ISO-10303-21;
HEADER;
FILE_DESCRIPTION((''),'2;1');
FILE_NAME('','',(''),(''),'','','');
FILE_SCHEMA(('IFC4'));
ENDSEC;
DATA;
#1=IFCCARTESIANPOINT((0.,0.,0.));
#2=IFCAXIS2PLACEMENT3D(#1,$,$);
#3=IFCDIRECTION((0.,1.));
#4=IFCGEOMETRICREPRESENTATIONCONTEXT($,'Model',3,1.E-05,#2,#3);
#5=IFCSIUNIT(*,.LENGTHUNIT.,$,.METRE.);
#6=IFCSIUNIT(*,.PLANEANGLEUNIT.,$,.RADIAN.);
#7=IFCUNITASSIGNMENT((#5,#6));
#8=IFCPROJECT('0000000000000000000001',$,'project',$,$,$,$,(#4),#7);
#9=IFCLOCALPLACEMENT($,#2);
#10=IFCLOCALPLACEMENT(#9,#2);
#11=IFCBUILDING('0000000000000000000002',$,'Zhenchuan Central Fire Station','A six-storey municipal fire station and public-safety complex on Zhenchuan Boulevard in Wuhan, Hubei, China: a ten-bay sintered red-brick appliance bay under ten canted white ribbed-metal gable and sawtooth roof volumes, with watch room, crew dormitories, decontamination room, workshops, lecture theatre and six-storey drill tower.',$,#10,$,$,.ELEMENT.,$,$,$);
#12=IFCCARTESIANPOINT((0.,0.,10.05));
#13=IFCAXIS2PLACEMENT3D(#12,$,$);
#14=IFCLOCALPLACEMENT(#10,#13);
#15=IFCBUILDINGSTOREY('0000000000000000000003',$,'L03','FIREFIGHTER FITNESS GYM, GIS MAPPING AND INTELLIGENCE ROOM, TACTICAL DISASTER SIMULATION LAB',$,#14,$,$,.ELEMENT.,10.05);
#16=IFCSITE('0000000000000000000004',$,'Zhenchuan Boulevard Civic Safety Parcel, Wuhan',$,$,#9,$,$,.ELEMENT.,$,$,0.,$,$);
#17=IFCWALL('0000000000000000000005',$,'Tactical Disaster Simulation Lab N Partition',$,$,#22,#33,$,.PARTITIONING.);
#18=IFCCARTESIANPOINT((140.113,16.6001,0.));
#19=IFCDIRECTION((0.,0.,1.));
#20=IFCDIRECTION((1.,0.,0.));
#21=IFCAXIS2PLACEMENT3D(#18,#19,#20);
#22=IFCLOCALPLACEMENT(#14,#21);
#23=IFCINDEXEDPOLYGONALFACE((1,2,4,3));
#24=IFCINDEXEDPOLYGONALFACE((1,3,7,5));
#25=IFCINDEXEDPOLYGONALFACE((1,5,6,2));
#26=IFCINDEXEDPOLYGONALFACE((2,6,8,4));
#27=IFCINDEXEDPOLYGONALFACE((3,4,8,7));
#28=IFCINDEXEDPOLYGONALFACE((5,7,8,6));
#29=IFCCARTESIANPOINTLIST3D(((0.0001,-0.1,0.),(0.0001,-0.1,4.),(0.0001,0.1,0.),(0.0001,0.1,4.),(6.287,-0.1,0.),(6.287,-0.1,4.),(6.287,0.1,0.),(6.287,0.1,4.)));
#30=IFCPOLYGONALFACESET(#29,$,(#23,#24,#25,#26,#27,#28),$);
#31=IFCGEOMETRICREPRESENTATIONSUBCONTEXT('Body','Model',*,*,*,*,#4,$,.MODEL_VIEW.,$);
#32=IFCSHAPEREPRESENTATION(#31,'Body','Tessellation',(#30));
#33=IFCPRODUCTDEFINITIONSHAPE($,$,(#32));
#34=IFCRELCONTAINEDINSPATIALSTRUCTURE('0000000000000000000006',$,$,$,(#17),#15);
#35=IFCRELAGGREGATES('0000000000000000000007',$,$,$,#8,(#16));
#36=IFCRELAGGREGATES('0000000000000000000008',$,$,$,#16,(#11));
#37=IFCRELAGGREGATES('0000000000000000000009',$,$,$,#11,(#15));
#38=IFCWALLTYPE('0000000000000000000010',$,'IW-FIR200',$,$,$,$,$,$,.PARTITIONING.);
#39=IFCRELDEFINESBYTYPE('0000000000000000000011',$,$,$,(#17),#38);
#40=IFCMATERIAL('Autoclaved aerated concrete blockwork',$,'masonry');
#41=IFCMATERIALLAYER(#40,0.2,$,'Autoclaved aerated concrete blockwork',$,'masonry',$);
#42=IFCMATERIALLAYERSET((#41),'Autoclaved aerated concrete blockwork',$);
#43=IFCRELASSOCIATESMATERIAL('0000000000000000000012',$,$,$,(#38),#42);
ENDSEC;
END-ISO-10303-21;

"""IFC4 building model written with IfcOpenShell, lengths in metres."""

from ifc_helpers import new_model, si_unit, direction, frame, frame_2d, origin, place, context, subcontext, project, spatial, rectangle, extrude, material, layer, layer_set, type_object, element, save


model = new_model("IFC4")

# Units and contexts
model_context = context("Model", 3, precision=1e-05, world=origin(), true_north=direction((0.0, 1.0)))
body_context = subcontext(model_context, "Body", "Model", "MODEL_VIEW")
ifc_project = project(units=[si_unit("LENGTHUNIT", "METRE"), si_unit("PLANEANGLEUNIT", "RADIAN")], contexts=[model_context])

# Site, building, storey
site_placement = place(None, origin())
site = spatial("IfcSite", under=ifc_project, at=site_placement, Name="Zhenchuan Boulevard Civic Safety Parcel, Wuhan", CompositionType="ELEMENT", RefElevation=0.0)
building_placement = place(site_placement, origin())
building = spatial("IfcBuilding", under=site, at=building_placement, Name="Zhenchuan Central Fire Station", Description="A six-storey municipal fire station and public-safety complex on Zhenchuan Boulevard in Wuhan, Hubei, China: a ten-bay sintered red-brick appliance bay under ten canted white ribbed-metal gable and sawtooth roof volumes, with watch room, crew dormitories, decontamination room, workshops, lecture theatre and six-storey drill tower.", CompositionType="ELEMENT")
storey_placement = place(building_placement, frame((0.0, 0.0, 10.05)))
storey = spatial("IfcBuildingStorey", under=building, at=storey_placement, Name="L03", Description="FIREFIGHTER FITNESS GYM, GIS MAPPING AND INTELLIGENCE ROOM, TACTICAL DISASTER SIMULATION LAB", CompositionType="ELEMENT", Elevation=10.05)

# Wall
ifc_material_1 = material(Name="Autoclaved aerated concrete blockwork", Category="masonry")
ifc_layer_1 = layer(ifc_material_1, 0.2, Name="Autoclaved aerated concrete blockwork", Category="masonry")
ifc_layer_set_1 = layer_set([ifc_layer_1], Name="Autoclaved aerated concrete blockwork")
wall_type_1 = type_object("IfcWallType", Name="IW-FIR200", PredefinedType="PARTITIONING", material=ifc_layer_set_1)
wall_1_placement = place(storey_placement, frame((140.113, 16.6001, 0.0), z_axis=(0.0, 0.0, 1.0), x_axis=(1.0, 0.0, 0.0)))
element("IfcWall", 1, at=wall_1_placement, inside=storey, type_object=wall_type_1, Name="Tactical Disaster Simulation Lab N Partition", PredefinedType="PARTITIONING", context=body_context, shape_type="SweptSolid", body=[
    extrude(rectangle(XDim=6.2869, YDim=0.2, at=frame_2d((3.1436, 0.0))), origin(), (0.0, 0.0, 1.0), 4.0),
])

save(model, "model.ifc")
